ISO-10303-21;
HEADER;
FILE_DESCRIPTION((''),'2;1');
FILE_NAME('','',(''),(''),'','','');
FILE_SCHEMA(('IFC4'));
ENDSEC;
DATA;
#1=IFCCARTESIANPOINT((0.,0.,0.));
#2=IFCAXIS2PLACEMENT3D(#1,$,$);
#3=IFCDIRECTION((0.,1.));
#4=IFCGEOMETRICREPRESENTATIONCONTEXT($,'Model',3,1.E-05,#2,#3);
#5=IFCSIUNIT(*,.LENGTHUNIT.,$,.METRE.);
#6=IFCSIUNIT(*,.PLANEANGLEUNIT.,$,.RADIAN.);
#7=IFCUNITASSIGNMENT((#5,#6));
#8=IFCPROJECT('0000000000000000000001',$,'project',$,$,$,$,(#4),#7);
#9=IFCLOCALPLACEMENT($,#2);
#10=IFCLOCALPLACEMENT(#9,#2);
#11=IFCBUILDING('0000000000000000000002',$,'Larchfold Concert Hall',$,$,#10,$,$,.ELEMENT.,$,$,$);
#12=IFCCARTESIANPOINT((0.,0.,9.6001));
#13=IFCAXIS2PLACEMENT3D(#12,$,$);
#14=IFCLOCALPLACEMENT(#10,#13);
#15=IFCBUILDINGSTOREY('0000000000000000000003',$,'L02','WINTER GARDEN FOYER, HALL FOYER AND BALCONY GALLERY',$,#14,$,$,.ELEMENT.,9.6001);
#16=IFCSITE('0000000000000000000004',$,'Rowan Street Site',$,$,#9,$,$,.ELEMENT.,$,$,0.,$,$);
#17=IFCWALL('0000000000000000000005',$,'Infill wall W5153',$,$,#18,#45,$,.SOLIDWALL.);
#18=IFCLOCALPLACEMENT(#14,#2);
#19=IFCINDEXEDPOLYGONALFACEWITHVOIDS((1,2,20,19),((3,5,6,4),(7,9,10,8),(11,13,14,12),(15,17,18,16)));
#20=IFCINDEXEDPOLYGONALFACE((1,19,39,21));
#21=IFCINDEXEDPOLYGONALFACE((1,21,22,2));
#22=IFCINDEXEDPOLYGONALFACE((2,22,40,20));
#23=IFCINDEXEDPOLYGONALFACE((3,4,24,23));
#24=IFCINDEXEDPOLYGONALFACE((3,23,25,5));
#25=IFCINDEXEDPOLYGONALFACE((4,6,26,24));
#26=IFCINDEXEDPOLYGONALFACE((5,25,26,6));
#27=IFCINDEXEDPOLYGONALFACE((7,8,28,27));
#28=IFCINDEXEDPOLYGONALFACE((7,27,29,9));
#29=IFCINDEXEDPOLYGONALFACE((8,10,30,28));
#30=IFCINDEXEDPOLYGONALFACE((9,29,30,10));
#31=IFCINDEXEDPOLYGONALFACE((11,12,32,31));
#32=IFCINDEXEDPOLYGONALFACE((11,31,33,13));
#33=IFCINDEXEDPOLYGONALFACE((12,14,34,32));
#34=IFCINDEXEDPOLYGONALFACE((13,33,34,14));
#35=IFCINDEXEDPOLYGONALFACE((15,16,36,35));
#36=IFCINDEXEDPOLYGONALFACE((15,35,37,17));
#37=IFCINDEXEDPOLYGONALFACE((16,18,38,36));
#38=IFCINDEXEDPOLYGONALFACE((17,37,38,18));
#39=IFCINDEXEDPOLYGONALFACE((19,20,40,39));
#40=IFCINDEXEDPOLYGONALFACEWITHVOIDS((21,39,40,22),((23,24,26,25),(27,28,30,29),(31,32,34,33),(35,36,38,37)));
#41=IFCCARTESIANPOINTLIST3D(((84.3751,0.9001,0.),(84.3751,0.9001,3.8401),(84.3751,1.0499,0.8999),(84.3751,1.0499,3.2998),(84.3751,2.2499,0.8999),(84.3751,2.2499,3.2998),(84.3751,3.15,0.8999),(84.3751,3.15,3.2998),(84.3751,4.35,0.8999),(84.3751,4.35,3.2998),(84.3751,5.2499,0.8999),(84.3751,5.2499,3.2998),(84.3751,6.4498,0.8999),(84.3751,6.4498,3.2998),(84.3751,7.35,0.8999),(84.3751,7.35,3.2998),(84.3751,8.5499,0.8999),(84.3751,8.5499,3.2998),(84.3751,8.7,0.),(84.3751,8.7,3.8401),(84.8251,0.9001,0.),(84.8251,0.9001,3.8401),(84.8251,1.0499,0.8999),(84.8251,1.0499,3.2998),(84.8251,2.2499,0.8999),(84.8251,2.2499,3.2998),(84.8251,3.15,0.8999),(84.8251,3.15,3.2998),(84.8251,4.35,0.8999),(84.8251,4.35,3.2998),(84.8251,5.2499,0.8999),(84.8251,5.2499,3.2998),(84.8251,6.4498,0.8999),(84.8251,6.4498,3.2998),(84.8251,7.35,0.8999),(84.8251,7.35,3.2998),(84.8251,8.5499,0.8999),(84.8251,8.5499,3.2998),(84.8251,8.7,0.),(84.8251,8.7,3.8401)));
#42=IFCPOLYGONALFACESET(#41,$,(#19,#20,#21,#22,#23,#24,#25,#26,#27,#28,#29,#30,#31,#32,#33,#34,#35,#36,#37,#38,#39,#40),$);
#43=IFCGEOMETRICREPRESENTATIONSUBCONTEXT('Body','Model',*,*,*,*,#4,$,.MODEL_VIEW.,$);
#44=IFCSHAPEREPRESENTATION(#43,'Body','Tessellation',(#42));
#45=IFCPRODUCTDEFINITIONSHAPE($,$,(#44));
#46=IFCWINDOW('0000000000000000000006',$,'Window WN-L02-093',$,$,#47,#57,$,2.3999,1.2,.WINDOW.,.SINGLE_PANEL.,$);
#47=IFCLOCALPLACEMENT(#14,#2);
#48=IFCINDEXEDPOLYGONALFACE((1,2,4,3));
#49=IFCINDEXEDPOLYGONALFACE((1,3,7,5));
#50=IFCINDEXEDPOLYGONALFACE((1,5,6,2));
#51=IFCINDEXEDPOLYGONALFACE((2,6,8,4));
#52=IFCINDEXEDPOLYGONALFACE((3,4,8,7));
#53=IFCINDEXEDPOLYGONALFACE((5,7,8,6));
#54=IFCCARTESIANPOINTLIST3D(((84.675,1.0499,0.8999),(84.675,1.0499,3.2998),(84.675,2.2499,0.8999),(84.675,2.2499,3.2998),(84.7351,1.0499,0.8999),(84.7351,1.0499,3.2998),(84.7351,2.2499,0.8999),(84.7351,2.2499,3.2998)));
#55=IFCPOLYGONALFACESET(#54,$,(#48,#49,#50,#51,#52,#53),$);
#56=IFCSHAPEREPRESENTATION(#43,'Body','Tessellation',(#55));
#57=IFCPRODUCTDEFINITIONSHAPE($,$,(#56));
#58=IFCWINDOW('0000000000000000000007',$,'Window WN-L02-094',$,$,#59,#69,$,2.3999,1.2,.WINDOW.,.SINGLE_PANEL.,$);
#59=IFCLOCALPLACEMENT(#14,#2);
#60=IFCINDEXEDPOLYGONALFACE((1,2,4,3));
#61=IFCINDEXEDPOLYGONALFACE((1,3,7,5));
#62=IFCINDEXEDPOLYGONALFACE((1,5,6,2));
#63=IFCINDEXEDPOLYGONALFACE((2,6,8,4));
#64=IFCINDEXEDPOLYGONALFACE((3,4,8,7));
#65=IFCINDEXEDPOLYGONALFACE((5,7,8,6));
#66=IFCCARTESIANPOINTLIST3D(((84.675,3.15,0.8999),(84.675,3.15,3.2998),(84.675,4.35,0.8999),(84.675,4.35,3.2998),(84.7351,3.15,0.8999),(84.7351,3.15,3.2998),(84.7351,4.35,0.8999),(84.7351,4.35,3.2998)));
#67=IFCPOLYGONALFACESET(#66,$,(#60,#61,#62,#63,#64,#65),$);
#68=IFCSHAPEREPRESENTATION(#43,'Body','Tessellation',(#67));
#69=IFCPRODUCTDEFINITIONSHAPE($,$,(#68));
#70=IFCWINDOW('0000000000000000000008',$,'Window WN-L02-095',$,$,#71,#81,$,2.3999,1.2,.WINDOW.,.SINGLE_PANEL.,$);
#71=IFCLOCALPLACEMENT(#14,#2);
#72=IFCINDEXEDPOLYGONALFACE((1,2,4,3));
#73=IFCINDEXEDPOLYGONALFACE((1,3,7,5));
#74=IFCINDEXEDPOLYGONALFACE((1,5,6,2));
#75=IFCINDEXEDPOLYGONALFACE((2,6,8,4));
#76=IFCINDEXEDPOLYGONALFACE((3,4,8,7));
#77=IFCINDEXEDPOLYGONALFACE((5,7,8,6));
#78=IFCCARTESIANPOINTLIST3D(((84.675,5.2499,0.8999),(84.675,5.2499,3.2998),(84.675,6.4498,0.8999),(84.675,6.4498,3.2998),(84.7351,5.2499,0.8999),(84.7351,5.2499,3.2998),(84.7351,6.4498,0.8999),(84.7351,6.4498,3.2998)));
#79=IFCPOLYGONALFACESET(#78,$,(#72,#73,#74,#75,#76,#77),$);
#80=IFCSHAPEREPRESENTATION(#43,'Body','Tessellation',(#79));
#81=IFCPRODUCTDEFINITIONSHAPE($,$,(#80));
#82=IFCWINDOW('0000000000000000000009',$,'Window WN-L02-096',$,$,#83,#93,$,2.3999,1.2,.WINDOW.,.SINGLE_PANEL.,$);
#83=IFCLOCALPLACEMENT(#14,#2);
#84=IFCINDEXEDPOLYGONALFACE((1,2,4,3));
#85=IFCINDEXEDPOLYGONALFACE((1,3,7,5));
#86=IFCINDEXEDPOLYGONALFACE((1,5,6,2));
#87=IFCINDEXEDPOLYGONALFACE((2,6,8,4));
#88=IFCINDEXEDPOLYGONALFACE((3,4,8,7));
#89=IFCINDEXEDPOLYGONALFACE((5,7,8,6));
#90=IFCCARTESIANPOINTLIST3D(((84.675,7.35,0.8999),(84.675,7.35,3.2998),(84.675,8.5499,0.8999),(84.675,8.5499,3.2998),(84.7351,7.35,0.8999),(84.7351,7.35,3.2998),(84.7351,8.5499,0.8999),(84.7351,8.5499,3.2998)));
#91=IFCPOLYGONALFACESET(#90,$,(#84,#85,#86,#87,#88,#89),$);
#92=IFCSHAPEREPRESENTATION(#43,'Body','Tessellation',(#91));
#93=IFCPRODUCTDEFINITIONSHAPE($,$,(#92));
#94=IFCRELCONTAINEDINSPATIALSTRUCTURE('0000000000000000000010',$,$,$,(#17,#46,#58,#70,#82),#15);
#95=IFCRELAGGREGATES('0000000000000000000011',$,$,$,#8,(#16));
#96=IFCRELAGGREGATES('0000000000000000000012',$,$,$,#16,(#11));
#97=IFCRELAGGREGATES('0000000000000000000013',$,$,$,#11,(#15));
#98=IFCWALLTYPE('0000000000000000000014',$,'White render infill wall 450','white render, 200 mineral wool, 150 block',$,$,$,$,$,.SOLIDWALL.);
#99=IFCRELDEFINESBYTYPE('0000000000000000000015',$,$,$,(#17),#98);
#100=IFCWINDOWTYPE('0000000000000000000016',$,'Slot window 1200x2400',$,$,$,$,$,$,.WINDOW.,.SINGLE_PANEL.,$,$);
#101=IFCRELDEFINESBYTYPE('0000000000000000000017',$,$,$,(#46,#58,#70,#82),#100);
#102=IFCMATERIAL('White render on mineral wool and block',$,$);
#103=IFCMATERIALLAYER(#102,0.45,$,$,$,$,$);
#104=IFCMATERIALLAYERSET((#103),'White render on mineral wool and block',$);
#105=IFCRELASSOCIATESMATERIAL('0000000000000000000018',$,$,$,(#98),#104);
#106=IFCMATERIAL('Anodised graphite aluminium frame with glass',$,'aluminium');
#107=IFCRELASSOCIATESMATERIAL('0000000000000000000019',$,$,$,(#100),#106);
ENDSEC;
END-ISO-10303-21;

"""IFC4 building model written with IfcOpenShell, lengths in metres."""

from ifc_helpers import new_model, si_unit, direction, frame, frame_2d, origin, place, context, subcontext, project, spatial, rectangle, extrude, material, layer, layer_set, type_object, element, fill, save


model = new_model("IFC4")

# Units and contexts
model_context = context("Model", 3, precision=1e-05, world=origin(), true_north=direction((0.0, 1.0)))
body_context = subcontext(model_context, "Body", "Model", "MODEL_VIEW")
ifc_project = project(units=[si_unit("LENGTHUNIT", "METRE"), si_unit("PLANEANGLEUNIT", "RADIAN")], contexts=[model_context])

# Site, building, storey
site_placement = place(None, origin())
site = spatial("IfcSite", under=ifc_project, at=site_placement, Name="Rowan Street Site", CompositionType="ELEMENT", RefElevation=0.0)
building_placement = place(site_placement, origin())
building = spatial("IfcBuilding", under=site, at=building_placement, Name="Larchfold Concert Hall", CompositionType="ELEMENT")
storey_placement = place(building_placement, frame((0.0, 0.0, 9.6001)))
storey = spatial("IfcBuildingStorey", under=building, at=storey_placement, Name="L02", Description="WINTER GARDEN FOYER, HALL FOYER AND BALCONY GALLERY", CompositionType="ELEMENT", Elevation=9.6001)

# Wall, openings, windows
ifc_material_1 = material(Name="White render on mineral wool and block")
ifc_layer_1 = layer(ifc_material_1, 0.45)
ifc_layer_set_1 = layer_set([ifc_layer_1], Name="White render on mineral wool and block")
wall_type_1 = type_object("IfcWallType", Name="White render infill wall 450", Description="white render, 200 mineral wool, 150 block", PredefinedType="SOLIDWALL", material=ifc_layer_set_1)
wall_1_placement = place(storey_placement, frame((84.6001, 8.7, 0.0), z_axis=(0.0, 0.0, 1.0), x_axis=(0.0, -1.0, 0.0)))
wall_1 = element("IfcWall", 1, at=wall_1_placement, inside=storey, type_object=wall_type_1, Name="Infill wall W5153", PredefinedType="SOLIDWALL", context=body_context, shape_type="SweptSolid", body=[
    extrude(rectangle(XDim=7.7998, YDim=0.45, at=frame_2d((3.8999, 0.0))), origin(), (0.0, 0.0, 1.0), 3.8401),
])
opening_1_placement = place(wall_1_placement, frame((6.45, 0.0, 0.8999)))
opening_1 = element("IfcOpeningElement", 2, at=opening_1_placement, cuts=wall_1, PredefinedType="OPENING", context=body_context, shape_type="SweptSolid", body=[
    extrude(rectangle(XDim=1.2, YDim=2.3999, at=frame_2d((0.6001, 1.2))), frame((0.0, 0.2349, 0.0), z_axis=(0.0, -1.0, 0.0), x_axis=(1.0, 0.0, 0.0)), (0.0, 0.0, 1.0), 0.47),
])
opening_2_placement = place(wall_1_placement, frame((4.3499, 0.0, 0.8999)))
opening_2 = element("IfcOpeningElement", 3, at=opening_2_placement, cuts=wall_1, PredefinedType="OPENING", context=body_context, shape_type="SweptSolid", body=[
    extrude(rectangle(XDim=1.2, YDim=2.3999, at=frame_2d((0.6001, 1.2))), frame((0.0, 0.2349, 0.0), z_axis=(0.0, -1.0, 0.0), x_axis=(1.0, 0.0, 0.0)), (0.0, 0.0, 1.0), 0.47),
])
opening_3_placement = place(wall_1_placement, frame((2.25, 0.0, 0.8999)))
opening_3 = element("IfcOpeningElement", 4, at=opening_3_placement, cuts=wall_1, PredefinedType="OPENING", context=body_context, shape_type="SweptSolid", body=[
    extrude(rectangle(XDim=1.2, YDim=2.3999, at=frame_2d((0.6001, 1.2))), frame((0.0, 0.2349, 0.0), z_axis=(0.0, -1.0, 0.0), x_axis=(1.0, 0.0, 0.0)), (0.0, 0.0, 1.0), 0.47),
])
opening_4_placement = place(wall_1_placement, frame((0.1499, 0.0, 0.8999)))
opening_4 = element("IfcOpeningElement", 5, at=opening_4_placement, cuts=wall_1, PredefinedType="OPENING", context=body_context, shape_type="SweptSolid", body=[
    extrude(rectangle(XDim=1.2, YDim=2.3999, at=frame_2d((0.6001, 1.2))), frame((0.0, 0.2349, 0.0), z_axis=(0.0, -1.0, 0.0), x_axis=(1.0, 0.0, 0.0)), (0.0, 0.0, 1.0), 0.47),
])
ifc_material_2 = material(Name="Anodised graphite aluminium frame with glass", Category="aluminium")
window_type = type_object("IfcWindowType", Name="Slot window 1200x2400", PartitioningType="SINGLE_PANEL", PredefinedType="WINDOW", material=ifc_material_2)
window_1_placement = place(opening_1_placement, origin())
window_1 = element("IfcWindow", 6, at=window_1_placement, inside=storey, type_object=window_type, Name="Window WN-L02-093", OverallHeight=2.3999, OverallWidth=1.2, PartitioningType="SINGLE_PANEL", PredefinedType="WINDOW", context=body_context, shape_type="SweptSolid", body=[
    extrude(rectangle(XDim=1.2, YDim=2.3999, at=frame_2d((0.6001, 1.2))), frame((0.0, 0.135, 0.0), z_axis=(0.0, -1.0, 0.0), x_axis=(1.0, 0.0, 0.0)), (0.0, 0.0, 1.0), 0.0601),
])
fill(opening_1, window_1)
window_2_placement = place(opening_2_placement, origin())
window_2 = element("IfcWindow", 7, at=window_2_placement, inside=storey, type_object=window_type, Name="Window WN-L02-094", OverallHeight=2.3999, OverallWidth=1.2, PartitioningType="SINGLE_PANEL", PredefinedType="WINDOW", context=body_context, shape_type="SweptSolid", body=[
    extrude(rectangle(XDim=1.2, YDim=2.3999, at=frame_2d((0.6001, 1.2))), frame((0.0, 0.135, 0.0), z_axis=(0.0, -1.0, 0.0), x_axis=(1.0, 0.0, 0.0)), (0.0, 0.0, 1.0), 0.0601),
])
fill(opening_2, window_2)
window_3_placement = place(opening_3_placement, origin())
window_3 = element("IfcWindow", 8, at=window_3_placement, inside=storey, type_object=window_type, Name="Window WN-L02-095", OverallHeight=2.3999, OverallWidth=1.2, PartitioningType="SINGLE_PANEL", PredefinedType="WINDOW", context=body_context, shape_type="SweptSolid", body=[
    extrude(rectangle(XDim=1.2, YDim=2.3999, at=frame_2d((0.6001, 1.2))), frame((0.0, 0.135, 0.0), z_axis=(0.0, -1.0, 0.0), x_axis=(1.0, 0.0, 0.0)), (0.0, 0.0, 1.0), 0.0601),
])
fill(opening_3, window_3)
window_4_placement = place(opening_4_placement, origin())
window_4 = element("IfcWindow", 9, at=window_4_placement, inside=storey, type_object=window_type, Name="Window WN-L02-096", OverallHeight=2.3999, OverallWidth=1.2, PartitioningType="SINGLE_PANEL", PredefinedType="WINDOW", context=body_context, shape_type="SweptSolid", body=[
    extrude(rectangle(XDim=1.2, YDim=2.3999, at=frame_2d((0.6001, 1.2))), frame((0.0, 0.135, 0.0), z_axis=(0.0, -1.0, 0.0), x_axis=(1.0, 0.0, 0.0)), (0.0, 0.0, 1.0), 0.0601),
])
fill(opening_4, window_4)

save(model, "model.ifc")
